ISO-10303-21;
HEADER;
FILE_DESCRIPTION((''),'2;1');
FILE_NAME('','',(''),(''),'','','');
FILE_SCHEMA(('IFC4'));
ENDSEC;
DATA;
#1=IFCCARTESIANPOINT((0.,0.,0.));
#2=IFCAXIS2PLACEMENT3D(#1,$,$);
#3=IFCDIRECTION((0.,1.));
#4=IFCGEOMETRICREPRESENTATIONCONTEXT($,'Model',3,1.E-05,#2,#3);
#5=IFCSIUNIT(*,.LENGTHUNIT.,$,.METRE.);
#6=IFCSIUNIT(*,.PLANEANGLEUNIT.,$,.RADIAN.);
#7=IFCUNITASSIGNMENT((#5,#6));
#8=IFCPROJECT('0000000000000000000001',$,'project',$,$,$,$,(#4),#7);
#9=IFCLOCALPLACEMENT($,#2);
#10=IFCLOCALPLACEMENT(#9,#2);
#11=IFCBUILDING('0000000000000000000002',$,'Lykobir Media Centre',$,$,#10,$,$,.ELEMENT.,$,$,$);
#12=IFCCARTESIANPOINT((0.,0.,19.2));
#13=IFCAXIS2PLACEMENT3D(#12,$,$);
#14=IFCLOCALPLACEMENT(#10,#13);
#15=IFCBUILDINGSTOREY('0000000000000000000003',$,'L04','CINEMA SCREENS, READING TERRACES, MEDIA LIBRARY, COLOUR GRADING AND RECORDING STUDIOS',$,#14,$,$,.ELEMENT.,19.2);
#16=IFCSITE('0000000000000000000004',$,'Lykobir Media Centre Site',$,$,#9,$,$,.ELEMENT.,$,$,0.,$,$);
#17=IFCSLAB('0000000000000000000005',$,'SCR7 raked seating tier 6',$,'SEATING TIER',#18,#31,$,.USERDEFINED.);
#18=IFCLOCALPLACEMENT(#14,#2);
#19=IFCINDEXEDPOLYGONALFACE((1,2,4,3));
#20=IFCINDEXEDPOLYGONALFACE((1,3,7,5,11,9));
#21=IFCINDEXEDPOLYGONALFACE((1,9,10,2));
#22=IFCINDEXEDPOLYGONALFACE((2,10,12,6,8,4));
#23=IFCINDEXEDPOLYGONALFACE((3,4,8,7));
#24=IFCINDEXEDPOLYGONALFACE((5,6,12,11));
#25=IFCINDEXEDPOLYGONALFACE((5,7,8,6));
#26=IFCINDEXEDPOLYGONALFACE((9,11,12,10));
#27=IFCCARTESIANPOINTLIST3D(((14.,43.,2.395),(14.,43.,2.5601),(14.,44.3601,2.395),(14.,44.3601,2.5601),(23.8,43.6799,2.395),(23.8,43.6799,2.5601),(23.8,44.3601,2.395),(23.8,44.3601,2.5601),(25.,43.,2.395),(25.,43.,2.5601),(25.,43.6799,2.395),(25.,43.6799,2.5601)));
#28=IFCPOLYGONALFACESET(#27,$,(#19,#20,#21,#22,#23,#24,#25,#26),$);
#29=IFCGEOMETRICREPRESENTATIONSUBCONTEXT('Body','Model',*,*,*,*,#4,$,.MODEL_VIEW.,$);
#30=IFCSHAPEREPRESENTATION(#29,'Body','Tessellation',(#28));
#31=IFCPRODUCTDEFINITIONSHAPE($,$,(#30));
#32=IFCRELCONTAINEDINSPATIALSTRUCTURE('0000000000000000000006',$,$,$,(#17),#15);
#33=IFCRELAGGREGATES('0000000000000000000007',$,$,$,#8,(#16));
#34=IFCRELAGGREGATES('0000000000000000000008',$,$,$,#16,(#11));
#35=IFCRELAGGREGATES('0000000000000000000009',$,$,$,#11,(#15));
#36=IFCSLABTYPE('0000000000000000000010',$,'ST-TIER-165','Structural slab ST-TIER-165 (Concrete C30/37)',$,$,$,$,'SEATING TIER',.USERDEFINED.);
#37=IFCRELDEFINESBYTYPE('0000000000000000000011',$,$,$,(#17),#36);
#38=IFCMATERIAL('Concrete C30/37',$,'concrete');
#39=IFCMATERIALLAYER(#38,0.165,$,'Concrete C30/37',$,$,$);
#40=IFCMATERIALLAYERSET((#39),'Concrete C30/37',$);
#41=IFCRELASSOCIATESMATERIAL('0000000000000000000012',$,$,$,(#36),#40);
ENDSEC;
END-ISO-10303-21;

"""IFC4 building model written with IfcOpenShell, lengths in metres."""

from ifc_helpers import new_model, si_unit, direction, frame, origin, place, context, subcontext, project, spatial, polyline, outline, extrude, material, layer, layer_set, type_object, element, save


model = new_model("IFC4")

# Units and contexts
model_context = context("Model", 3, precision=1e-05, world=origin(), true_north=direction((0.0, 1.0)))
body_context = subcontext(model_context, "Body", "Model", "MODEL_VIEW")
ifc_project = project(units=[si_unit("LENGTHUNIT", "METRE"), si_unit("PLANEANGLEUNIT", "RADIAN")], contexts=[model_context])

# Site, building, storey
site_placement = place(None, origin())
site = spatial("IfcSite", under=ifc_project, at=site_placement, Name="Lykobir Media Centre Site", CompositionType="ELEMENT", RefElevation=0.0)
building_placement = place(site_placement, origin())
building = spatial("IfcBuilding", under=site, at=building_placement, Name="Lykobir Media Centre", CompositionType="ELEMENT")
storey_placement = place(building_placement, frame((0.0, 0.0, 19.2)))
storey = spatial("IfcBuildingStorey", under=building, at=storey_placement, Name="L04", Description="CINEMA SCREENS, READING TERRACES, MEDIA LIBRARY, COLOUR GRADING AND RECORDING STUDIOS", CompositionType="ELEMENT", Elevation=19.2)

# Shared definitions
ifc_material = material(Name="Concrete C30/37", Category="concrete")

# Slab
ifc_layer_1 = layer(ifc_material, 0.165, Name="Concrete C30/37")
ifc_layer_set_1 = layer_set([ifc_layer_1], Name="Concrete C30/37")
slab_type_1 = type_object("IfcSlabType", Name="ST-TIER-165", Description="Structural slab ST-TIER-165 (Concrete C30/37)", ElementType="SEATING TIER", PredefinedType="USERDEFINED", material=ifc_layer_set_1)
slab_1_placement = place(storey_placement, frame((0.0, 0.0, 2.395)))
element("IfcSlab", 1, at=slab_1_placement, inside=storey, type_object=slab_type_1, Name="SCR7 raked seating tier 6", ObjectType="SEATING TIER", PredefinedType="USERDEFINED", context=body_context, shape_type="SweptSolid", body=[
    extrude(outline(polyline([(14.0, 43.0), (25.0, 43.0), (25.0, 43.6799), (23.8, 43.6799), (23.8, 44.3601), (14.0, 44.3601), (14.0, 43.0)])), origin(), (0.0, 0.0, 1.0), 0.165),
])

save(model, "model.ifc")
